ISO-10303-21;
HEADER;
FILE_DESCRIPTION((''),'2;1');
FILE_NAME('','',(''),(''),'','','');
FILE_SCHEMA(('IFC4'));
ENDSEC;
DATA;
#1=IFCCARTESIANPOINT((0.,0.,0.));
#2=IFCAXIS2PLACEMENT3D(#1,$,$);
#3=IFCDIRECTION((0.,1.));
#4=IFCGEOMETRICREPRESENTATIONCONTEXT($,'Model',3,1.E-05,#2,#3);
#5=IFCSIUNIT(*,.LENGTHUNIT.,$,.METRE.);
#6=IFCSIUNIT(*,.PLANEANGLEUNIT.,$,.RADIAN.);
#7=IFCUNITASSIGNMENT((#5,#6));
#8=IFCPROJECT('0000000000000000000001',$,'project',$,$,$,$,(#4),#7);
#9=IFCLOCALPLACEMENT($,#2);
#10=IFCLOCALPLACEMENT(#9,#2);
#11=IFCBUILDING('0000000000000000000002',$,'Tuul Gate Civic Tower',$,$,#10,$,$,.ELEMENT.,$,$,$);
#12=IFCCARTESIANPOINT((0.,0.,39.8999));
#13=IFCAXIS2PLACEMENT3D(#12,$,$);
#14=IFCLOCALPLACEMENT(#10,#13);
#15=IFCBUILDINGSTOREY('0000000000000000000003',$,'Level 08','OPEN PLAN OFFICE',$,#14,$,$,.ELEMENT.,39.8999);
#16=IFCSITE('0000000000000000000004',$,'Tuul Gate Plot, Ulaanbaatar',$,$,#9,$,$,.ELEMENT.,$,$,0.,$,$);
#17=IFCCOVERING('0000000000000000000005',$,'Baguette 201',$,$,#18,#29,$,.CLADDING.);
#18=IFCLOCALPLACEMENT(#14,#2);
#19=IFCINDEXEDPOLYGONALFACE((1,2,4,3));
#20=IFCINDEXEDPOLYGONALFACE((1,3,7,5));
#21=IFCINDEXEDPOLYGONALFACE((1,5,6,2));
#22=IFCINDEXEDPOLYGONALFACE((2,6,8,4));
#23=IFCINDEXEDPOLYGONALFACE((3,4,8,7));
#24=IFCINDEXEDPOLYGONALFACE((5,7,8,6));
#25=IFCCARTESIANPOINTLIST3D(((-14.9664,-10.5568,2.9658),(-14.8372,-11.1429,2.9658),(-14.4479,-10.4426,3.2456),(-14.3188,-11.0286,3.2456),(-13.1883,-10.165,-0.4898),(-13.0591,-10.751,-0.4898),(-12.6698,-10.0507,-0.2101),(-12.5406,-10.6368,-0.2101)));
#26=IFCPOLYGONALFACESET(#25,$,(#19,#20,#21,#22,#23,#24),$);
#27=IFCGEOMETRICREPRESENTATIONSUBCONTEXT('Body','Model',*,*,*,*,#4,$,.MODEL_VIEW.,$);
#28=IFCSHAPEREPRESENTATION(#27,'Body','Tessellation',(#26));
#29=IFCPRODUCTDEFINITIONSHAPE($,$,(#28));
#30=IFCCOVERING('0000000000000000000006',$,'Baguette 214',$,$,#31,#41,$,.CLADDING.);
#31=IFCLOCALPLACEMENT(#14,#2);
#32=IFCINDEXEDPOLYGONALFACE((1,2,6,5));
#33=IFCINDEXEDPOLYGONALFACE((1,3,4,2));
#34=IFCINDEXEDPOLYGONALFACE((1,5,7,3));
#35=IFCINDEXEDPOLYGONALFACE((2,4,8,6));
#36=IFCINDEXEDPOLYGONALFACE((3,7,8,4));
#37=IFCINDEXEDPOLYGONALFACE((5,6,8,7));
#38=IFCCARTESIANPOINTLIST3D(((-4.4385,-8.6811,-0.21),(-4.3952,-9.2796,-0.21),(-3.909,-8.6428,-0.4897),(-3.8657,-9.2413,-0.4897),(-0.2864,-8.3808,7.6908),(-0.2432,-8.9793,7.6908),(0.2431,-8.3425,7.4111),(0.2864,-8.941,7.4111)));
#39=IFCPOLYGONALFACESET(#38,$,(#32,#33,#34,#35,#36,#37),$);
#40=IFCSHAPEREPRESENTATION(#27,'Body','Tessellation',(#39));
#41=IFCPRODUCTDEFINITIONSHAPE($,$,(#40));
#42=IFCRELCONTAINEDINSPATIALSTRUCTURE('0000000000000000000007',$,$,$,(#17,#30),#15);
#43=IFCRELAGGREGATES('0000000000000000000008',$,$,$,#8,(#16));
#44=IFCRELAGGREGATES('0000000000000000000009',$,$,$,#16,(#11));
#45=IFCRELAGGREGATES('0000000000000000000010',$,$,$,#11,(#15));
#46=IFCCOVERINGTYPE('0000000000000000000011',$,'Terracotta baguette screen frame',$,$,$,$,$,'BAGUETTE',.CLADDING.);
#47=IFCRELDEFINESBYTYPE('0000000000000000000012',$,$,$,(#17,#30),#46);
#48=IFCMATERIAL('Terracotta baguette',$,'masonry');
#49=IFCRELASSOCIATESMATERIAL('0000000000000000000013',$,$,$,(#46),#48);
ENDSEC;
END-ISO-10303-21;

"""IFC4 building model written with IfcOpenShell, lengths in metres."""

from ifc_helpers import new_model, si_unit, direction, frame, origin, origin_2d, place, context, subcontext, project, spatial, rectangle, extrude, material, material_profile, profile_set, type_object, element, save


model = new_model("IFC4")

# Units and contexts
model_context = context("Model", 3, precision=1e-05, world=origin(), true_north=direction((0.0, 1.0)))
body_context = subcontext(model_context, "Body", "Model", "MODEL_VIEW")
ifc_project = project(units=[si_unit("LENGTHUNIT", "METRE"), si_unit("PLANEANGLEUNIT", "RADIAN")], contexts=[model_context])

# Site, building, storey
site_placement = place(None, origin())
site = spatial("IfcSite", under=ifc_project, at=site_placement, Name="Tuul Gate Plot, Ulaanbaatar", CompositionType="ELEMENT", RefElevation=0.0)
building_placement = place(site_placement, origin())
building = spatial("IfcBuilding", under=site, at=building_placement, Name="Tuul Gate Civic Tower", CompositionType="ELEMENT")
storey_placement = place(building_placement, frame((0.0, 0.0, 39.8999)))
storey = spatial("IfcBuildingStorey", under=building, at=storey_placement, Name="Level 08", Description="OPEN PLAN OFFICE", CompositionType="ELEMENT", Elevation=39.8999)

# Coverings
ifc_material_1 = material(Name="Terracotta baguette", Category="masonry")
ifc_material_profile_1 = material_profile(ifc_material_1, rectangle(XDim=0.6001, YDim=0.6001, at=origin_2d()), Name="Terracotta baguette screen frame")
ifc_profile_set_1 = profile_set([ifc_material_profile_1], Name="Terracotta baguette")
covering_type = type_object("IfcCoveringType", Name="Terracotta baguette screen frame", ElementType="BAGUETTE", PredefinedType="CLADDING", material=ifc_profile_set_1)
covering_1_placement = place(storey_placement, frame((-14.6426, -10.7927, 3.1057), z_axis=(0.455229, 0.100322, -0.884705), x_axis=(-0.215212, 0.976567, 0.0)))
element("IfcCovering", 1, at=covering_1_placement, inside=storey, type_object=covering_type, Name="Baguette 201", PredefinedType="CLADDING", context=body_context, shape_type="SweptSolid", body=[
    extrude(rectangle(XDim=0.6001, YDim=0.6001, at=origin_2d()), origin(), (0.0, 0.0, 1.0), 3.906),
])
covering_2_placement = place(storey_placement, frame((-4.1521, -8.9612, -0.3499), z_axis=(0.464934, 0.033626, 0.884706), x_axis=(-0.072135, 0.997395, 0.0)))
element("IfcCovering", 2, at=covering_2_placement, inside=storey, type_object=covering_type, Name="Baguette 214", PredefinedType="CLADDING", context=body_context, shape_type="SweptSolid", body=[
    extrude(rectangle(XDim=0.6001, YDim=0.6001, at=origin_2d()), origin(), (0.0, 0.0, 1.0), 8.9304),
])

save(model, "model.ifc")
